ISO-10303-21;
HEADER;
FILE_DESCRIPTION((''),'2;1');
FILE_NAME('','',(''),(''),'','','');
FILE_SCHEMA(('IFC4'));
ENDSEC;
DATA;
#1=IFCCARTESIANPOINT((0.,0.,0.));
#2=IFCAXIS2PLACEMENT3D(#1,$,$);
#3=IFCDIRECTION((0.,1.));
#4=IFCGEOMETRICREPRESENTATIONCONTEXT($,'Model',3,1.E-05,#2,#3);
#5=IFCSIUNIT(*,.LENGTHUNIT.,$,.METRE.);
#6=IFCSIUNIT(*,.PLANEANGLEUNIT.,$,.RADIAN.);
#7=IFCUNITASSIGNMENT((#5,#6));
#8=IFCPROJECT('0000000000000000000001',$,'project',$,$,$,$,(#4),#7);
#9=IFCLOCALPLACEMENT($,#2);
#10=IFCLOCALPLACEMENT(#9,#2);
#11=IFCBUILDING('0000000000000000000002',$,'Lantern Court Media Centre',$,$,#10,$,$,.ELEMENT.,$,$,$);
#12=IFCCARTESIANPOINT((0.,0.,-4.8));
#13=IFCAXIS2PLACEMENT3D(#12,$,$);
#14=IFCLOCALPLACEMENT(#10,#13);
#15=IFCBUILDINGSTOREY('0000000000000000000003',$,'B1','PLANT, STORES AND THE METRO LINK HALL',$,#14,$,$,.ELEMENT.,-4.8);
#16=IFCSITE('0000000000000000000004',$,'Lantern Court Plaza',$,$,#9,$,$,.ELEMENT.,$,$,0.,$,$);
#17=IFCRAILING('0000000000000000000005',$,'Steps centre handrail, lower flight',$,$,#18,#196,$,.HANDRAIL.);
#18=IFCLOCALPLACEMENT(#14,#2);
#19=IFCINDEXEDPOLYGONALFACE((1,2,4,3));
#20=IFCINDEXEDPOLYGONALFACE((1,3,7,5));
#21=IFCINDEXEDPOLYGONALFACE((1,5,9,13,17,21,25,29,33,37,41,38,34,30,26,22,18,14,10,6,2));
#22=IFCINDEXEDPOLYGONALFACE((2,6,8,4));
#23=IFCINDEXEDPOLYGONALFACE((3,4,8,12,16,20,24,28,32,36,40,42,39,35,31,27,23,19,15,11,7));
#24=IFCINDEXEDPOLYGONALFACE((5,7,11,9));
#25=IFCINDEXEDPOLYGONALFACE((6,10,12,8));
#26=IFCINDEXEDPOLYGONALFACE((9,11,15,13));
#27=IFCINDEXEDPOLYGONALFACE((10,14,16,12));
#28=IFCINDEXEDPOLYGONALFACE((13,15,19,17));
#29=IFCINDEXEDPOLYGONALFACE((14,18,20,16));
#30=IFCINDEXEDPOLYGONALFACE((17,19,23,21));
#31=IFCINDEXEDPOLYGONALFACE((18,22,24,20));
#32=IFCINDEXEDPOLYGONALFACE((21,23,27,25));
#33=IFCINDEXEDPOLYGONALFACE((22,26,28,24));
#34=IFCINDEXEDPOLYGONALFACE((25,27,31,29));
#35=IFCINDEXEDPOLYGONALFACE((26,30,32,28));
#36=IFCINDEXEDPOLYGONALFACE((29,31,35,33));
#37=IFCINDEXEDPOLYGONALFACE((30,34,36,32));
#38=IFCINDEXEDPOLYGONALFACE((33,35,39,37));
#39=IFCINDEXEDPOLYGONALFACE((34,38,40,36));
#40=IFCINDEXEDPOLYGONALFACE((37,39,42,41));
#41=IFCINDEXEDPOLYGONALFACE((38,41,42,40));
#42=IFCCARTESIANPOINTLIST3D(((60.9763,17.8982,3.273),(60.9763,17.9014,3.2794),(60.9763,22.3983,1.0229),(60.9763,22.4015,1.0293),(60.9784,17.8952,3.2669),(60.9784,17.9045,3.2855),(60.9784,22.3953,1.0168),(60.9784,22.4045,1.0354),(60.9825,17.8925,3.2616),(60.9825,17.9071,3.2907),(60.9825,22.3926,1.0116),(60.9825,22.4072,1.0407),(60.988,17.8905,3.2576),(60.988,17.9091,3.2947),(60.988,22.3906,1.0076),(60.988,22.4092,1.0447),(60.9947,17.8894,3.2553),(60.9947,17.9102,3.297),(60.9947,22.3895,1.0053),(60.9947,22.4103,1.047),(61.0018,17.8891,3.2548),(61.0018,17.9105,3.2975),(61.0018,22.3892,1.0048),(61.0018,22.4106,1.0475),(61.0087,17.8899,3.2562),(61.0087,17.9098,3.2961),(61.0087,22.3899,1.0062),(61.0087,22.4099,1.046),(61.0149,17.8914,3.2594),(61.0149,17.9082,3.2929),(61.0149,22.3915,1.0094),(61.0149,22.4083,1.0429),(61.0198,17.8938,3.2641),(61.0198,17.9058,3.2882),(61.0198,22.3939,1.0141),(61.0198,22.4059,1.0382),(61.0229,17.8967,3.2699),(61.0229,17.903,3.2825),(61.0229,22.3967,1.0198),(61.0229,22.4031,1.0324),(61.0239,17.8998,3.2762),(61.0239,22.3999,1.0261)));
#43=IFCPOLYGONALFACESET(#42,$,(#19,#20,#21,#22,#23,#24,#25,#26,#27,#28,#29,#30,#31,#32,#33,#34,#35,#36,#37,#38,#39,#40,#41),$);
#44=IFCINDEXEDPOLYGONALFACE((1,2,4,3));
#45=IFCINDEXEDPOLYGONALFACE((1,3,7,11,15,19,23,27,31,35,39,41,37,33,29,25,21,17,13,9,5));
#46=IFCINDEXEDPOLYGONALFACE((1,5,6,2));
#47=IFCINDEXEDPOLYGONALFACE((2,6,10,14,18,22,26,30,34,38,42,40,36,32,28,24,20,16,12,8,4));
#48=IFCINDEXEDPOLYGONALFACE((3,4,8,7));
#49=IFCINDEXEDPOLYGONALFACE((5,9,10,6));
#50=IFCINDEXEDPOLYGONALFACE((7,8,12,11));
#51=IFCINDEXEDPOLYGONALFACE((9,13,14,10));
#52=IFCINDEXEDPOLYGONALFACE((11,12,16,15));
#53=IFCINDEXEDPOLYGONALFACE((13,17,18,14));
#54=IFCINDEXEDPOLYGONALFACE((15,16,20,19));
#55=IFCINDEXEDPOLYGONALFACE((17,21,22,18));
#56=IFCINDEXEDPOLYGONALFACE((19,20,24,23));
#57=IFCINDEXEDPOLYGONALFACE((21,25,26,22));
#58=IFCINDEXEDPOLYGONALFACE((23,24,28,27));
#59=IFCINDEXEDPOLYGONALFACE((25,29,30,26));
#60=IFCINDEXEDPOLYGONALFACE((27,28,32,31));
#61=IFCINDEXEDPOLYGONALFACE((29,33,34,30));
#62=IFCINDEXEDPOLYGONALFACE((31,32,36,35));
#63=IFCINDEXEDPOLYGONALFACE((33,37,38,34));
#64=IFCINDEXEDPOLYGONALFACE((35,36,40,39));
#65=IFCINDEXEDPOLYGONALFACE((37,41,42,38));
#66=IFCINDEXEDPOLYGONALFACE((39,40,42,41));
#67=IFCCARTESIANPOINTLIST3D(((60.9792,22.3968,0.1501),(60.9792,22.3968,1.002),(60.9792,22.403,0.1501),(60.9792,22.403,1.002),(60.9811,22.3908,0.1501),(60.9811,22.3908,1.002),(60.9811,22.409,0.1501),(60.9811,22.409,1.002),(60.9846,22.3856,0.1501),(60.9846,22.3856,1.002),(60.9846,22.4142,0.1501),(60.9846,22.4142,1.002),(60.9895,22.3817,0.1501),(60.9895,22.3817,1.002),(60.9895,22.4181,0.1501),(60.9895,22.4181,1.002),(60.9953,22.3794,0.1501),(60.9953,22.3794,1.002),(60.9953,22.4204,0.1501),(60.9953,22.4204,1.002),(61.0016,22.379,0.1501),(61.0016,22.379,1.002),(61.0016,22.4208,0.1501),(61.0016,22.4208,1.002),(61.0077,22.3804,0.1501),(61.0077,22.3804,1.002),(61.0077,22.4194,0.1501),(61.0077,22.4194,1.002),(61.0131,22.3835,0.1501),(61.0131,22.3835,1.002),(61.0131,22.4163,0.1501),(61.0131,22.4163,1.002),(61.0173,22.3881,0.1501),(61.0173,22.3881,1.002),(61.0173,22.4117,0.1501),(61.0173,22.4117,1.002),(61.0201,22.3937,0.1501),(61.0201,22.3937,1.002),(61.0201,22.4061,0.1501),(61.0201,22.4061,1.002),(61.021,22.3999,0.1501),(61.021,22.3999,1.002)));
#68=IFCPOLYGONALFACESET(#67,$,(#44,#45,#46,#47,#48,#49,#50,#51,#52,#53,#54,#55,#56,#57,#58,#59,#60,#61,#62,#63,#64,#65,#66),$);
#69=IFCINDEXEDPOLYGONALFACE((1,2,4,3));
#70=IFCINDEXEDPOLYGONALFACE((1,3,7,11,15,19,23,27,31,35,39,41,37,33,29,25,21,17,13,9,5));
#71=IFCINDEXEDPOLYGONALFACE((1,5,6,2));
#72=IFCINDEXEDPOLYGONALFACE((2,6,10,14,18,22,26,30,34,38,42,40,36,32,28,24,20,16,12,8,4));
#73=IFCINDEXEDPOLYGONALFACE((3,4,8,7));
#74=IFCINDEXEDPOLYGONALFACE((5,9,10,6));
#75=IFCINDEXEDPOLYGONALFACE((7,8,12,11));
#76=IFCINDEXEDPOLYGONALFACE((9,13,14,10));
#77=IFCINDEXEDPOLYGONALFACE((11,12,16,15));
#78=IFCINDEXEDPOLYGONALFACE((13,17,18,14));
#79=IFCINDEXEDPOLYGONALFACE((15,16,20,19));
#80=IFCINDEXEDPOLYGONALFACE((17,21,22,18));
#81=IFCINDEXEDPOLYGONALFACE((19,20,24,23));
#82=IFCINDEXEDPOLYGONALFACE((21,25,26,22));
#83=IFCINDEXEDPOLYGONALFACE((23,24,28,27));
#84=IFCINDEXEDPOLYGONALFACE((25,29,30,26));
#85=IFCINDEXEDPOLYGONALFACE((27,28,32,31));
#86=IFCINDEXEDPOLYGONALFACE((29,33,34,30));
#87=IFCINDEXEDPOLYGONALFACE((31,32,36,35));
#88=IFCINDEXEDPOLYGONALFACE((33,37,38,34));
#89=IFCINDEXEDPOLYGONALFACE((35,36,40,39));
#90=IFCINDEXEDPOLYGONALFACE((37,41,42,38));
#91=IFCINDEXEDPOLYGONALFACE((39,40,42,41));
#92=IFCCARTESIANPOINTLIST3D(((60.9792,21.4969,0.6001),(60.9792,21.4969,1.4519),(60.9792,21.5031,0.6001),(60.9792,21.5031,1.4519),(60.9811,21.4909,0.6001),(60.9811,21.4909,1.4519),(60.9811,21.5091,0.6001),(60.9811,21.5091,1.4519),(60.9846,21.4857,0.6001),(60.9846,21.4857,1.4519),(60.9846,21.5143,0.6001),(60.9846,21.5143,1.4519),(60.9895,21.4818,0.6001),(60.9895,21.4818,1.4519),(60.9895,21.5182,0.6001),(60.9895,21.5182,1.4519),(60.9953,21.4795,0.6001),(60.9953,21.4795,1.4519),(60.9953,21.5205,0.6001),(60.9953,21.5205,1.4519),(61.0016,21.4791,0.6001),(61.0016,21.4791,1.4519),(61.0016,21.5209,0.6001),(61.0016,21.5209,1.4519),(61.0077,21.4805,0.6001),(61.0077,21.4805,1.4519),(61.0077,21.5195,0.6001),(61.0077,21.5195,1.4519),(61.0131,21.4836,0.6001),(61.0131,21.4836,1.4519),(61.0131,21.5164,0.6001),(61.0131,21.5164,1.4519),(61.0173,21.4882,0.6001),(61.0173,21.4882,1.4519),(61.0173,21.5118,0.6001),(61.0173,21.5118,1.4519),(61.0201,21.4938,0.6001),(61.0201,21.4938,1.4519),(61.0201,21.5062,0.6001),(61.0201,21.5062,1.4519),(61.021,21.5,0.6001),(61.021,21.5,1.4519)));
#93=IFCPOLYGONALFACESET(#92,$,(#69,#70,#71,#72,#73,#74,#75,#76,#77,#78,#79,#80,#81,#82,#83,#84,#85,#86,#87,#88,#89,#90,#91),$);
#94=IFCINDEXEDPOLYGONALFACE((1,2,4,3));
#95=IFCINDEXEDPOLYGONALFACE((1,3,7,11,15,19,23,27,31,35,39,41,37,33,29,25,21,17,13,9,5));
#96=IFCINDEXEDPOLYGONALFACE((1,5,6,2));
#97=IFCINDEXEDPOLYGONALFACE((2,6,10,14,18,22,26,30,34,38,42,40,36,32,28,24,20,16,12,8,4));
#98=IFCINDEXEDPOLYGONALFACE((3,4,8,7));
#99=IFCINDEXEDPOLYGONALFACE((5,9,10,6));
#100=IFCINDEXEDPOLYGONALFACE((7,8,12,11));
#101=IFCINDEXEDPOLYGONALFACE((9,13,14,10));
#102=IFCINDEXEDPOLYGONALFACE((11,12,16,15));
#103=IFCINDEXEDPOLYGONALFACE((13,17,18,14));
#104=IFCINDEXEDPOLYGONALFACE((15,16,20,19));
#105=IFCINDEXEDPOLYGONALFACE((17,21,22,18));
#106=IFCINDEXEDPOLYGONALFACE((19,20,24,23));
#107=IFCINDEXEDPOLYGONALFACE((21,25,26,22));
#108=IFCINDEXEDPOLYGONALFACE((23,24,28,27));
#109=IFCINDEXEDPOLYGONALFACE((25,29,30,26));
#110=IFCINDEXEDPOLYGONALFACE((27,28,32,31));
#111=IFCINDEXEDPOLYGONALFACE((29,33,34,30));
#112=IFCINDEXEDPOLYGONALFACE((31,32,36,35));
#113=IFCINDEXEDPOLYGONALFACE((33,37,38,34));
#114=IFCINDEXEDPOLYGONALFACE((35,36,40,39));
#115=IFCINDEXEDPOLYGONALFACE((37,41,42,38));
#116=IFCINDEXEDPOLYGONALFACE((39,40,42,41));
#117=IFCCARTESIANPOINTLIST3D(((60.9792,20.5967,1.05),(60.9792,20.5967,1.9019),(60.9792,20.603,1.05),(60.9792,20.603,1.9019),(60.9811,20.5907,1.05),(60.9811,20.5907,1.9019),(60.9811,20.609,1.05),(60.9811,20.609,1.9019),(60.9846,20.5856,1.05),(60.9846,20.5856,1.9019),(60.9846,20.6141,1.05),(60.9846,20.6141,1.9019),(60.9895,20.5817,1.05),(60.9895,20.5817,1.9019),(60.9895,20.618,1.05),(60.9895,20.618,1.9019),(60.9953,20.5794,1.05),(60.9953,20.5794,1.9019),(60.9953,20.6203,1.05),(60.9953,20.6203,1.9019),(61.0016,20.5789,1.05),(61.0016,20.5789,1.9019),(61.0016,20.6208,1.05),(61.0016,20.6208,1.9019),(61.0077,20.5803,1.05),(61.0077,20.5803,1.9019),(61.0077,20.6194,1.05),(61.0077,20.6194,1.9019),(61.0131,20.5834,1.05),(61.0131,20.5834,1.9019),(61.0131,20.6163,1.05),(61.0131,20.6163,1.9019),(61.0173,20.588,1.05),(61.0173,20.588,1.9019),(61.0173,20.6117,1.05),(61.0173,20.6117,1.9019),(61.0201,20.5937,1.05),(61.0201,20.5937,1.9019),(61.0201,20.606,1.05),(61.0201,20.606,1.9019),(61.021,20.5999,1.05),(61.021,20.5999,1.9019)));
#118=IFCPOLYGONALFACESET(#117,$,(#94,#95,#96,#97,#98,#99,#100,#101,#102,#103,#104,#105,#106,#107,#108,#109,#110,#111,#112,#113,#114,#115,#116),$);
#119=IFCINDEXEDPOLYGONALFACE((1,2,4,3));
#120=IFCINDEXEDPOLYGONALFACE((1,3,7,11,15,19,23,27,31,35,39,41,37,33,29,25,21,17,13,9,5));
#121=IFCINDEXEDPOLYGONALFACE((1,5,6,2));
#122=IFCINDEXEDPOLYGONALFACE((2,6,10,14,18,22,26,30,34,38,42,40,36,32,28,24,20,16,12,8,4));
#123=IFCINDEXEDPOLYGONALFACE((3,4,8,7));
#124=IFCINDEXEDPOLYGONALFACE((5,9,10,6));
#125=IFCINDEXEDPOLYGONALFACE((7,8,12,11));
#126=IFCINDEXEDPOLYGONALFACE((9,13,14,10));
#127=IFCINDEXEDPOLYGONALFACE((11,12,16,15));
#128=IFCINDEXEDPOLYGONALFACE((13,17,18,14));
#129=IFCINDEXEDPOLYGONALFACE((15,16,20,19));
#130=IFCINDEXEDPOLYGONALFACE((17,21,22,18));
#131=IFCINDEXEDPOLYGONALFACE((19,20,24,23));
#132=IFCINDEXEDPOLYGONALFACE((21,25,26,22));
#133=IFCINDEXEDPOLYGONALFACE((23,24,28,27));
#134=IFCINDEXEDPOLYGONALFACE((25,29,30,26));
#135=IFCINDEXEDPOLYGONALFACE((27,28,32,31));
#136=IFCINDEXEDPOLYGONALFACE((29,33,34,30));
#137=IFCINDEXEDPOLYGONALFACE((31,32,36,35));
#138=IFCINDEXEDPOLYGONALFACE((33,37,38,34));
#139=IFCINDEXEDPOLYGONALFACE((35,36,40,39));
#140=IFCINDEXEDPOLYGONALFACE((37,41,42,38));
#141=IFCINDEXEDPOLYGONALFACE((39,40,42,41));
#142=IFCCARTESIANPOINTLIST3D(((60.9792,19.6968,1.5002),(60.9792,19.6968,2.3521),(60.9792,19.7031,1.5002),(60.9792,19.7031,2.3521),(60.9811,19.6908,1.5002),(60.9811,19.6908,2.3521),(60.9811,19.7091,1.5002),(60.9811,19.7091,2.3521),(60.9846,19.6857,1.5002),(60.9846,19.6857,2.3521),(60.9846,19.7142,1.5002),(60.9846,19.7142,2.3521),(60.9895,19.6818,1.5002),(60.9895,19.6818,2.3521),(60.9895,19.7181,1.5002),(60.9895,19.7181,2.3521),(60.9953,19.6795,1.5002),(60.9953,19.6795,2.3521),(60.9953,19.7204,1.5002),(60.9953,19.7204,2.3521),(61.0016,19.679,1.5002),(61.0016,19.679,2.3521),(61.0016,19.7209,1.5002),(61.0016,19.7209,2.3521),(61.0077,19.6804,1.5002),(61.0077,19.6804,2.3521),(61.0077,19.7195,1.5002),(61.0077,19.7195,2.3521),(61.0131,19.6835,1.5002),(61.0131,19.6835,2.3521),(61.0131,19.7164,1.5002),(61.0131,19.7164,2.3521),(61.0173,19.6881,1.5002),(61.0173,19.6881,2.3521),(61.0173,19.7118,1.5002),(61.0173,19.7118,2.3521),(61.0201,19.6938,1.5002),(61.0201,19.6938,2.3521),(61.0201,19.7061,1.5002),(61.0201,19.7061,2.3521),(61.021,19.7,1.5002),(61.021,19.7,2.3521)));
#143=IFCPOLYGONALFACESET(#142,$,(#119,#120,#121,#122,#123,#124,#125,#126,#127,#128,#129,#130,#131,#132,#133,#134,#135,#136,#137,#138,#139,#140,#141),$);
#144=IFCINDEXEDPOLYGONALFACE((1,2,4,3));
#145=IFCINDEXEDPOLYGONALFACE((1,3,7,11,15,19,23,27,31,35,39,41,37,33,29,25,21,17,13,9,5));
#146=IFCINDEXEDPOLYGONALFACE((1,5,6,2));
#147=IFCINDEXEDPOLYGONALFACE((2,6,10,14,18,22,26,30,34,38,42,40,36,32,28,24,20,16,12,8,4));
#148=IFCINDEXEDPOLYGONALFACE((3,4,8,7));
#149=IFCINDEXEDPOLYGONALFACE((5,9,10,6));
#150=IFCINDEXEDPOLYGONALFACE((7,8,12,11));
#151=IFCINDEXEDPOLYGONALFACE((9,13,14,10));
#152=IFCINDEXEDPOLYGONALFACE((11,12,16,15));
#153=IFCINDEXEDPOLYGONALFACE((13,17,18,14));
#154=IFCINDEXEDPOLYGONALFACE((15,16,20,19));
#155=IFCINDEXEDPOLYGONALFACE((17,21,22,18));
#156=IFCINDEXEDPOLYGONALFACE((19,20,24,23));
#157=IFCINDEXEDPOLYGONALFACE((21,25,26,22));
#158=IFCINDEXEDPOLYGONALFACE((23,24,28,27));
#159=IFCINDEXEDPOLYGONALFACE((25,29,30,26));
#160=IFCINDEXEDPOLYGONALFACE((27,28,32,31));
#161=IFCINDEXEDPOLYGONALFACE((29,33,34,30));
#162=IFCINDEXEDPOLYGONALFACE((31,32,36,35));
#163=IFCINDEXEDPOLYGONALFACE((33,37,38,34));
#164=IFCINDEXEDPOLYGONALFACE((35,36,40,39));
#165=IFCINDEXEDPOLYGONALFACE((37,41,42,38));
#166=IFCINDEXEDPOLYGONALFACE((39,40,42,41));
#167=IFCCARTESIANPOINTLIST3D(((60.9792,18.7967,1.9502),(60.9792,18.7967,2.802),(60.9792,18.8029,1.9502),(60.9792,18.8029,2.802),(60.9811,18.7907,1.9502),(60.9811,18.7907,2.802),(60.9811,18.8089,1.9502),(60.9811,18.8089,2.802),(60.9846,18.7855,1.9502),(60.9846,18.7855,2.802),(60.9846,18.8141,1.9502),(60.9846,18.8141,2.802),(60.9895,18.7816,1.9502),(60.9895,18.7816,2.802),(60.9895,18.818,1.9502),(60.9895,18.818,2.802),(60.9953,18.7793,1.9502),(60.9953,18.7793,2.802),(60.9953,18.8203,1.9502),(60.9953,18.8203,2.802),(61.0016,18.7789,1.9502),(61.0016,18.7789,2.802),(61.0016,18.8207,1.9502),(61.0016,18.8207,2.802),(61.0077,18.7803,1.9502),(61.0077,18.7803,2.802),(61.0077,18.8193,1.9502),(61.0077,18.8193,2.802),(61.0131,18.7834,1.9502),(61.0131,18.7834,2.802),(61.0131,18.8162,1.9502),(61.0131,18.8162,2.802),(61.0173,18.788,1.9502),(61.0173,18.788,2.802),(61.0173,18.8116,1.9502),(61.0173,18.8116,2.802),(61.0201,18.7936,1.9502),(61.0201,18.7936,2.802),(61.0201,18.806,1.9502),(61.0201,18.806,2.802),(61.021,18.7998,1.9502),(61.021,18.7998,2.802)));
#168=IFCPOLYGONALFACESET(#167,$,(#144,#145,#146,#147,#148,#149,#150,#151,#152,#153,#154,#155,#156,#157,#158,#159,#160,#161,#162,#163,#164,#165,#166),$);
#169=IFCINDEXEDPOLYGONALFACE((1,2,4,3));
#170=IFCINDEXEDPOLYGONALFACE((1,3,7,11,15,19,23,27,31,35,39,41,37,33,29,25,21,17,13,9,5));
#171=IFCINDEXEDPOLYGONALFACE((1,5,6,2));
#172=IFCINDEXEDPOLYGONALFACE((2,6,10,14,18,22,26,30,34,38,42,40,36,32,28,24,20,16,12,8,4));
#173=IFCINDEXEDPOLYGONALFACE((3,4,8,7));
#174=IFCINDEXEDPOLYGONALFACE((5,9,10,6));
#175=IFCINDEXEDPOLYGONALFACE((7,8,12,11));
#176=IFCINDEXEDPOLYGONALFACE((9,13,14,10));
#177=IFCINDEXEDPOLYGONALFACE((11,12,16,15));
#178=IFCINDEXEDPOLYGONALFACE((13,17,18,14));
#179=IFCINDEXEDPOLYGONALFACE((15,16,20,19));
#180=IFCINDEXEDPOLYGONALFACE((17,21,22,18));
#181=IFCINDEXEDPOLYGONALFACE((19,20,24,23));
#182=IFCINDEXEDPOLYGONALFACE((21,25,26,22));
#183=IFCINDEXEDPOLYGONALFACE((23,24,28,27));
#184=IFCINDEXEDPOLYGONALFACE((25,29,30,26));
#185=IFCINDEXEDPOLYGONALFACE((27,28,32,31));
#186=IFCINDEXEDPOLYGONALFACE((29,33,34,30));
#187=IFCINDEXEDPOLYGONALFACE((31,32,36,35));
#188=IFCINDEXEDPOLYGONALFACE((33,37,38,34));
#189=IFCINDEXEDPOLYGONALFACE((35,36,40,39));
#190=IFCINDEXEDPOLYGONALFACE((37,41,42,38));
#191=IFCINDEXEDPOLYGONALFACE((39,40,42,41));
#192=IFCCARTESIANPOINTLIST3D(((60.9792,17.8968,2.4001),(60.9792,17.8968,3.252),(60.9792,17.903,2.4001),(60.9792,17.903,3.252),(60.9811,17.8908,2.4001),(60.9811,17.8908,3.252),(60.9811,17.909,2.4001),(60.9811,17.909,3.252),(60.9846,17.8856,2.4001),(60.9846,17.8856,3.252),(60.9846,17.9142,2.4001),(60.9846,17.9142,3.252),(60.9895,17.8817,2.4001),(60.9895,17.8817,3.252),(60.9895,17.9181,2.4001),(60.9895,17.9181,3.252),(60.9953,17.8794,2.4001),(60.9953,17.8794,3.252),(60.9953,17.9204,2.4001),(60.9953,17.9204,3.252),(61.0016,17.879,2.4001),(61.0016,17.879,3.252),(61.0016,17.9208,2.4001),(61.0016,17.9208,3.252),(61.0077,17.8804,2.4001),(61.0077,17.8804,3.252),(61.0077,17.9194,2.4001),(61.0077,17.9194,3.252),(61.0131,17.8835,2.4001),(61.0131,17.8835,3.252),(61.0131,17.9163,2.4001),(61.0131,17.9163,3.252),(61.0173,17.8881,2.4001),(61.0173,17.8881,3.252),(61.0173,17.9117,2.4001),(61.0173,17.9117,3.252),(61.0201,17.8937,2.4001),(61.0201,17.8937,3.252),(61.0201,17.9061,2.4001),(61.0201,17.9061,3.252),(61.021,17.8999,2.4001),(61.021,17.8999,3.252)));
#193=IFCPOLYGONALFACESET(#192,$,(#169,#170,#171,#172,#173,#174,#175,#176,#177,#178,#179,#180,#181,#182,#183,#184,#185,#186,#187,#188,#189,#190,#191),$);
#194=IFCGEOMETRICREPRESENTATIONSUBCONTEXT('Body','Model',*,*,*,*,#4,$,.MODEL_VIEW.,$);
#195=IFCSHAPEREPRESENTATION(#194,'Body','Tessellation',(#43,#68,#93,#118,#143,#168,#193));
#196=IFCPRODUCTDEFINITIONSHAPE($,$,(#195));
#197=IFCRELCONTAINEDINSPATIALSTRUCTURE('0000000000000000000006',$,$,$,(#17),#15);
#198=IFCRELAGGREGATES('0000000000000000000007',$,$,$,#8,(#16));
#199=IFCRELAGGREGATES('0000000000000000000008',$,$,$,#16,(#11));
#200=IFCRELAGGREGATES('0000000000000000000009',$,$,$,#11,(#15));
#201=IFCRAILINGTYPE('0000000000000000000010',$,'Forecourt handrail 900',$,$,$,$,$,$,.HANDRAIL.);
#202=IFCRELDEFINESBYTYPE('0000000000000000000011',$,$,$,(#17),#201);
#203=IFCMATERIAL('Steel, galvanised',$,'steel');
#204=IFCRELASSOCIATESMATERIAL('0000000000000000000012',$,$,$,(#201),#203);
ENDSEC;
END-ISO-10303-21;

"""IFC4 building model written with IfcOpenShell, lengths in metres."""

from ifc_helpers import new_model, si_unit, direction, frame, origin, origin_2d, place, context, subcontext, project, spatial, circle, extrude, material, type_object, element, save


model = new_model("IFC4")

# Units and contexts
model_context = context("Model", 3, precision=1e-05, world=origin(), true_north=direction((0.0, 1.0)))
body_context = subcontext(model_context, "Body", "Model", "MODEL_VIEW")
ifc_project = project(units=[si_unit("LENGTHUNIT", "METRE"), si_unit("PLANEANGLEUNIT", "RADIAN")], contexts=[model_context])

# Site, building, storey
site_placement = place(None, origin())
site = spatial("IfcSite", under=ifc_project, at=site_placement, Name="Lantern Court Plaza", CompositionType="ELEMENT", RefElevation=0.0)
building_placement = place(site_placement, origin())
building = spatial("IfcBuilding", under=site, at=building_placement, Name="Lantern Court Media Centre", CompositionType="ELEMENT")
storey_placement = place(building_placement, frame((0.0, 0.0, -4.8)))
storey = spatial("IfcBuildingStorey", under=building, at=storey_placement, Name="B1", Description="PLANT, STORES AND THE METRO LINK HALL", CompositionType="ELEMENT", Elevation=-4.8)

# Railing
ifc_material_1 = material(Name="Steel, galvanised", Category="steel")
railing_type_1 = type_object("IfcRailingType", Name="Forecourt handrail 900", PredefinedType="HANDRAIL", material=ifc_material_1)
railing_1_placement = place(storey_placement, frame((61.0, 22.3999, 0.1501)))
element("IfcRailing", 1, at=railing_1_placement, inside=storey, type_object=railing_type_1, Name="Steps centre handrail, lower flight", PredefinedType="HANDRAIL", context=body_context, shape_type="SweptSolid", body=[
    extrude(circle(Radius=0.0239, at=origin_2d()), frame((0.0, 0.0, 0.876), z_axis=(0.0, -0.894427, 0.447214), x_axis=(1.0, 0.0, 0.0)), (0.0, 0.0, 1.0), 5.0312),
    extrude(circle(Radius=0.021, at=origin_2d()), origin(), (0.0, 0.0, 1.0), 0.8518),
    extrude(circle(Radius=0.021, at=origin_2d()), frame((0.0, -0.8999, 0.45)), (0.0, 0.0, 1.0), 0.8518),
    extrude(circle(Radius=0.021, at=origin_2d()), frame((0.0, -1.8, 0.8999)), (0.0, 0.0, 1.0), 0.8518),
    extrude(circle(Radius=0.021, at=origin_2d()), frame((0.0, -2.7, 1.3501)), (0.0, 0.0, 1.0), 0.8518),
    extrude(circle(Radius=0.021, at=origin_2d()), frame((0.0, -3.6001, 1.8)), (0.0, 0.0, 1.0), 0.8518),
    extrude(circle(Radius=0.021, at=origin_2d()), frame((0.0, -4.5, 2.25)), (0.0, 0.0, 1.0), 0.8518),
])

save(model, "model.ifc")
